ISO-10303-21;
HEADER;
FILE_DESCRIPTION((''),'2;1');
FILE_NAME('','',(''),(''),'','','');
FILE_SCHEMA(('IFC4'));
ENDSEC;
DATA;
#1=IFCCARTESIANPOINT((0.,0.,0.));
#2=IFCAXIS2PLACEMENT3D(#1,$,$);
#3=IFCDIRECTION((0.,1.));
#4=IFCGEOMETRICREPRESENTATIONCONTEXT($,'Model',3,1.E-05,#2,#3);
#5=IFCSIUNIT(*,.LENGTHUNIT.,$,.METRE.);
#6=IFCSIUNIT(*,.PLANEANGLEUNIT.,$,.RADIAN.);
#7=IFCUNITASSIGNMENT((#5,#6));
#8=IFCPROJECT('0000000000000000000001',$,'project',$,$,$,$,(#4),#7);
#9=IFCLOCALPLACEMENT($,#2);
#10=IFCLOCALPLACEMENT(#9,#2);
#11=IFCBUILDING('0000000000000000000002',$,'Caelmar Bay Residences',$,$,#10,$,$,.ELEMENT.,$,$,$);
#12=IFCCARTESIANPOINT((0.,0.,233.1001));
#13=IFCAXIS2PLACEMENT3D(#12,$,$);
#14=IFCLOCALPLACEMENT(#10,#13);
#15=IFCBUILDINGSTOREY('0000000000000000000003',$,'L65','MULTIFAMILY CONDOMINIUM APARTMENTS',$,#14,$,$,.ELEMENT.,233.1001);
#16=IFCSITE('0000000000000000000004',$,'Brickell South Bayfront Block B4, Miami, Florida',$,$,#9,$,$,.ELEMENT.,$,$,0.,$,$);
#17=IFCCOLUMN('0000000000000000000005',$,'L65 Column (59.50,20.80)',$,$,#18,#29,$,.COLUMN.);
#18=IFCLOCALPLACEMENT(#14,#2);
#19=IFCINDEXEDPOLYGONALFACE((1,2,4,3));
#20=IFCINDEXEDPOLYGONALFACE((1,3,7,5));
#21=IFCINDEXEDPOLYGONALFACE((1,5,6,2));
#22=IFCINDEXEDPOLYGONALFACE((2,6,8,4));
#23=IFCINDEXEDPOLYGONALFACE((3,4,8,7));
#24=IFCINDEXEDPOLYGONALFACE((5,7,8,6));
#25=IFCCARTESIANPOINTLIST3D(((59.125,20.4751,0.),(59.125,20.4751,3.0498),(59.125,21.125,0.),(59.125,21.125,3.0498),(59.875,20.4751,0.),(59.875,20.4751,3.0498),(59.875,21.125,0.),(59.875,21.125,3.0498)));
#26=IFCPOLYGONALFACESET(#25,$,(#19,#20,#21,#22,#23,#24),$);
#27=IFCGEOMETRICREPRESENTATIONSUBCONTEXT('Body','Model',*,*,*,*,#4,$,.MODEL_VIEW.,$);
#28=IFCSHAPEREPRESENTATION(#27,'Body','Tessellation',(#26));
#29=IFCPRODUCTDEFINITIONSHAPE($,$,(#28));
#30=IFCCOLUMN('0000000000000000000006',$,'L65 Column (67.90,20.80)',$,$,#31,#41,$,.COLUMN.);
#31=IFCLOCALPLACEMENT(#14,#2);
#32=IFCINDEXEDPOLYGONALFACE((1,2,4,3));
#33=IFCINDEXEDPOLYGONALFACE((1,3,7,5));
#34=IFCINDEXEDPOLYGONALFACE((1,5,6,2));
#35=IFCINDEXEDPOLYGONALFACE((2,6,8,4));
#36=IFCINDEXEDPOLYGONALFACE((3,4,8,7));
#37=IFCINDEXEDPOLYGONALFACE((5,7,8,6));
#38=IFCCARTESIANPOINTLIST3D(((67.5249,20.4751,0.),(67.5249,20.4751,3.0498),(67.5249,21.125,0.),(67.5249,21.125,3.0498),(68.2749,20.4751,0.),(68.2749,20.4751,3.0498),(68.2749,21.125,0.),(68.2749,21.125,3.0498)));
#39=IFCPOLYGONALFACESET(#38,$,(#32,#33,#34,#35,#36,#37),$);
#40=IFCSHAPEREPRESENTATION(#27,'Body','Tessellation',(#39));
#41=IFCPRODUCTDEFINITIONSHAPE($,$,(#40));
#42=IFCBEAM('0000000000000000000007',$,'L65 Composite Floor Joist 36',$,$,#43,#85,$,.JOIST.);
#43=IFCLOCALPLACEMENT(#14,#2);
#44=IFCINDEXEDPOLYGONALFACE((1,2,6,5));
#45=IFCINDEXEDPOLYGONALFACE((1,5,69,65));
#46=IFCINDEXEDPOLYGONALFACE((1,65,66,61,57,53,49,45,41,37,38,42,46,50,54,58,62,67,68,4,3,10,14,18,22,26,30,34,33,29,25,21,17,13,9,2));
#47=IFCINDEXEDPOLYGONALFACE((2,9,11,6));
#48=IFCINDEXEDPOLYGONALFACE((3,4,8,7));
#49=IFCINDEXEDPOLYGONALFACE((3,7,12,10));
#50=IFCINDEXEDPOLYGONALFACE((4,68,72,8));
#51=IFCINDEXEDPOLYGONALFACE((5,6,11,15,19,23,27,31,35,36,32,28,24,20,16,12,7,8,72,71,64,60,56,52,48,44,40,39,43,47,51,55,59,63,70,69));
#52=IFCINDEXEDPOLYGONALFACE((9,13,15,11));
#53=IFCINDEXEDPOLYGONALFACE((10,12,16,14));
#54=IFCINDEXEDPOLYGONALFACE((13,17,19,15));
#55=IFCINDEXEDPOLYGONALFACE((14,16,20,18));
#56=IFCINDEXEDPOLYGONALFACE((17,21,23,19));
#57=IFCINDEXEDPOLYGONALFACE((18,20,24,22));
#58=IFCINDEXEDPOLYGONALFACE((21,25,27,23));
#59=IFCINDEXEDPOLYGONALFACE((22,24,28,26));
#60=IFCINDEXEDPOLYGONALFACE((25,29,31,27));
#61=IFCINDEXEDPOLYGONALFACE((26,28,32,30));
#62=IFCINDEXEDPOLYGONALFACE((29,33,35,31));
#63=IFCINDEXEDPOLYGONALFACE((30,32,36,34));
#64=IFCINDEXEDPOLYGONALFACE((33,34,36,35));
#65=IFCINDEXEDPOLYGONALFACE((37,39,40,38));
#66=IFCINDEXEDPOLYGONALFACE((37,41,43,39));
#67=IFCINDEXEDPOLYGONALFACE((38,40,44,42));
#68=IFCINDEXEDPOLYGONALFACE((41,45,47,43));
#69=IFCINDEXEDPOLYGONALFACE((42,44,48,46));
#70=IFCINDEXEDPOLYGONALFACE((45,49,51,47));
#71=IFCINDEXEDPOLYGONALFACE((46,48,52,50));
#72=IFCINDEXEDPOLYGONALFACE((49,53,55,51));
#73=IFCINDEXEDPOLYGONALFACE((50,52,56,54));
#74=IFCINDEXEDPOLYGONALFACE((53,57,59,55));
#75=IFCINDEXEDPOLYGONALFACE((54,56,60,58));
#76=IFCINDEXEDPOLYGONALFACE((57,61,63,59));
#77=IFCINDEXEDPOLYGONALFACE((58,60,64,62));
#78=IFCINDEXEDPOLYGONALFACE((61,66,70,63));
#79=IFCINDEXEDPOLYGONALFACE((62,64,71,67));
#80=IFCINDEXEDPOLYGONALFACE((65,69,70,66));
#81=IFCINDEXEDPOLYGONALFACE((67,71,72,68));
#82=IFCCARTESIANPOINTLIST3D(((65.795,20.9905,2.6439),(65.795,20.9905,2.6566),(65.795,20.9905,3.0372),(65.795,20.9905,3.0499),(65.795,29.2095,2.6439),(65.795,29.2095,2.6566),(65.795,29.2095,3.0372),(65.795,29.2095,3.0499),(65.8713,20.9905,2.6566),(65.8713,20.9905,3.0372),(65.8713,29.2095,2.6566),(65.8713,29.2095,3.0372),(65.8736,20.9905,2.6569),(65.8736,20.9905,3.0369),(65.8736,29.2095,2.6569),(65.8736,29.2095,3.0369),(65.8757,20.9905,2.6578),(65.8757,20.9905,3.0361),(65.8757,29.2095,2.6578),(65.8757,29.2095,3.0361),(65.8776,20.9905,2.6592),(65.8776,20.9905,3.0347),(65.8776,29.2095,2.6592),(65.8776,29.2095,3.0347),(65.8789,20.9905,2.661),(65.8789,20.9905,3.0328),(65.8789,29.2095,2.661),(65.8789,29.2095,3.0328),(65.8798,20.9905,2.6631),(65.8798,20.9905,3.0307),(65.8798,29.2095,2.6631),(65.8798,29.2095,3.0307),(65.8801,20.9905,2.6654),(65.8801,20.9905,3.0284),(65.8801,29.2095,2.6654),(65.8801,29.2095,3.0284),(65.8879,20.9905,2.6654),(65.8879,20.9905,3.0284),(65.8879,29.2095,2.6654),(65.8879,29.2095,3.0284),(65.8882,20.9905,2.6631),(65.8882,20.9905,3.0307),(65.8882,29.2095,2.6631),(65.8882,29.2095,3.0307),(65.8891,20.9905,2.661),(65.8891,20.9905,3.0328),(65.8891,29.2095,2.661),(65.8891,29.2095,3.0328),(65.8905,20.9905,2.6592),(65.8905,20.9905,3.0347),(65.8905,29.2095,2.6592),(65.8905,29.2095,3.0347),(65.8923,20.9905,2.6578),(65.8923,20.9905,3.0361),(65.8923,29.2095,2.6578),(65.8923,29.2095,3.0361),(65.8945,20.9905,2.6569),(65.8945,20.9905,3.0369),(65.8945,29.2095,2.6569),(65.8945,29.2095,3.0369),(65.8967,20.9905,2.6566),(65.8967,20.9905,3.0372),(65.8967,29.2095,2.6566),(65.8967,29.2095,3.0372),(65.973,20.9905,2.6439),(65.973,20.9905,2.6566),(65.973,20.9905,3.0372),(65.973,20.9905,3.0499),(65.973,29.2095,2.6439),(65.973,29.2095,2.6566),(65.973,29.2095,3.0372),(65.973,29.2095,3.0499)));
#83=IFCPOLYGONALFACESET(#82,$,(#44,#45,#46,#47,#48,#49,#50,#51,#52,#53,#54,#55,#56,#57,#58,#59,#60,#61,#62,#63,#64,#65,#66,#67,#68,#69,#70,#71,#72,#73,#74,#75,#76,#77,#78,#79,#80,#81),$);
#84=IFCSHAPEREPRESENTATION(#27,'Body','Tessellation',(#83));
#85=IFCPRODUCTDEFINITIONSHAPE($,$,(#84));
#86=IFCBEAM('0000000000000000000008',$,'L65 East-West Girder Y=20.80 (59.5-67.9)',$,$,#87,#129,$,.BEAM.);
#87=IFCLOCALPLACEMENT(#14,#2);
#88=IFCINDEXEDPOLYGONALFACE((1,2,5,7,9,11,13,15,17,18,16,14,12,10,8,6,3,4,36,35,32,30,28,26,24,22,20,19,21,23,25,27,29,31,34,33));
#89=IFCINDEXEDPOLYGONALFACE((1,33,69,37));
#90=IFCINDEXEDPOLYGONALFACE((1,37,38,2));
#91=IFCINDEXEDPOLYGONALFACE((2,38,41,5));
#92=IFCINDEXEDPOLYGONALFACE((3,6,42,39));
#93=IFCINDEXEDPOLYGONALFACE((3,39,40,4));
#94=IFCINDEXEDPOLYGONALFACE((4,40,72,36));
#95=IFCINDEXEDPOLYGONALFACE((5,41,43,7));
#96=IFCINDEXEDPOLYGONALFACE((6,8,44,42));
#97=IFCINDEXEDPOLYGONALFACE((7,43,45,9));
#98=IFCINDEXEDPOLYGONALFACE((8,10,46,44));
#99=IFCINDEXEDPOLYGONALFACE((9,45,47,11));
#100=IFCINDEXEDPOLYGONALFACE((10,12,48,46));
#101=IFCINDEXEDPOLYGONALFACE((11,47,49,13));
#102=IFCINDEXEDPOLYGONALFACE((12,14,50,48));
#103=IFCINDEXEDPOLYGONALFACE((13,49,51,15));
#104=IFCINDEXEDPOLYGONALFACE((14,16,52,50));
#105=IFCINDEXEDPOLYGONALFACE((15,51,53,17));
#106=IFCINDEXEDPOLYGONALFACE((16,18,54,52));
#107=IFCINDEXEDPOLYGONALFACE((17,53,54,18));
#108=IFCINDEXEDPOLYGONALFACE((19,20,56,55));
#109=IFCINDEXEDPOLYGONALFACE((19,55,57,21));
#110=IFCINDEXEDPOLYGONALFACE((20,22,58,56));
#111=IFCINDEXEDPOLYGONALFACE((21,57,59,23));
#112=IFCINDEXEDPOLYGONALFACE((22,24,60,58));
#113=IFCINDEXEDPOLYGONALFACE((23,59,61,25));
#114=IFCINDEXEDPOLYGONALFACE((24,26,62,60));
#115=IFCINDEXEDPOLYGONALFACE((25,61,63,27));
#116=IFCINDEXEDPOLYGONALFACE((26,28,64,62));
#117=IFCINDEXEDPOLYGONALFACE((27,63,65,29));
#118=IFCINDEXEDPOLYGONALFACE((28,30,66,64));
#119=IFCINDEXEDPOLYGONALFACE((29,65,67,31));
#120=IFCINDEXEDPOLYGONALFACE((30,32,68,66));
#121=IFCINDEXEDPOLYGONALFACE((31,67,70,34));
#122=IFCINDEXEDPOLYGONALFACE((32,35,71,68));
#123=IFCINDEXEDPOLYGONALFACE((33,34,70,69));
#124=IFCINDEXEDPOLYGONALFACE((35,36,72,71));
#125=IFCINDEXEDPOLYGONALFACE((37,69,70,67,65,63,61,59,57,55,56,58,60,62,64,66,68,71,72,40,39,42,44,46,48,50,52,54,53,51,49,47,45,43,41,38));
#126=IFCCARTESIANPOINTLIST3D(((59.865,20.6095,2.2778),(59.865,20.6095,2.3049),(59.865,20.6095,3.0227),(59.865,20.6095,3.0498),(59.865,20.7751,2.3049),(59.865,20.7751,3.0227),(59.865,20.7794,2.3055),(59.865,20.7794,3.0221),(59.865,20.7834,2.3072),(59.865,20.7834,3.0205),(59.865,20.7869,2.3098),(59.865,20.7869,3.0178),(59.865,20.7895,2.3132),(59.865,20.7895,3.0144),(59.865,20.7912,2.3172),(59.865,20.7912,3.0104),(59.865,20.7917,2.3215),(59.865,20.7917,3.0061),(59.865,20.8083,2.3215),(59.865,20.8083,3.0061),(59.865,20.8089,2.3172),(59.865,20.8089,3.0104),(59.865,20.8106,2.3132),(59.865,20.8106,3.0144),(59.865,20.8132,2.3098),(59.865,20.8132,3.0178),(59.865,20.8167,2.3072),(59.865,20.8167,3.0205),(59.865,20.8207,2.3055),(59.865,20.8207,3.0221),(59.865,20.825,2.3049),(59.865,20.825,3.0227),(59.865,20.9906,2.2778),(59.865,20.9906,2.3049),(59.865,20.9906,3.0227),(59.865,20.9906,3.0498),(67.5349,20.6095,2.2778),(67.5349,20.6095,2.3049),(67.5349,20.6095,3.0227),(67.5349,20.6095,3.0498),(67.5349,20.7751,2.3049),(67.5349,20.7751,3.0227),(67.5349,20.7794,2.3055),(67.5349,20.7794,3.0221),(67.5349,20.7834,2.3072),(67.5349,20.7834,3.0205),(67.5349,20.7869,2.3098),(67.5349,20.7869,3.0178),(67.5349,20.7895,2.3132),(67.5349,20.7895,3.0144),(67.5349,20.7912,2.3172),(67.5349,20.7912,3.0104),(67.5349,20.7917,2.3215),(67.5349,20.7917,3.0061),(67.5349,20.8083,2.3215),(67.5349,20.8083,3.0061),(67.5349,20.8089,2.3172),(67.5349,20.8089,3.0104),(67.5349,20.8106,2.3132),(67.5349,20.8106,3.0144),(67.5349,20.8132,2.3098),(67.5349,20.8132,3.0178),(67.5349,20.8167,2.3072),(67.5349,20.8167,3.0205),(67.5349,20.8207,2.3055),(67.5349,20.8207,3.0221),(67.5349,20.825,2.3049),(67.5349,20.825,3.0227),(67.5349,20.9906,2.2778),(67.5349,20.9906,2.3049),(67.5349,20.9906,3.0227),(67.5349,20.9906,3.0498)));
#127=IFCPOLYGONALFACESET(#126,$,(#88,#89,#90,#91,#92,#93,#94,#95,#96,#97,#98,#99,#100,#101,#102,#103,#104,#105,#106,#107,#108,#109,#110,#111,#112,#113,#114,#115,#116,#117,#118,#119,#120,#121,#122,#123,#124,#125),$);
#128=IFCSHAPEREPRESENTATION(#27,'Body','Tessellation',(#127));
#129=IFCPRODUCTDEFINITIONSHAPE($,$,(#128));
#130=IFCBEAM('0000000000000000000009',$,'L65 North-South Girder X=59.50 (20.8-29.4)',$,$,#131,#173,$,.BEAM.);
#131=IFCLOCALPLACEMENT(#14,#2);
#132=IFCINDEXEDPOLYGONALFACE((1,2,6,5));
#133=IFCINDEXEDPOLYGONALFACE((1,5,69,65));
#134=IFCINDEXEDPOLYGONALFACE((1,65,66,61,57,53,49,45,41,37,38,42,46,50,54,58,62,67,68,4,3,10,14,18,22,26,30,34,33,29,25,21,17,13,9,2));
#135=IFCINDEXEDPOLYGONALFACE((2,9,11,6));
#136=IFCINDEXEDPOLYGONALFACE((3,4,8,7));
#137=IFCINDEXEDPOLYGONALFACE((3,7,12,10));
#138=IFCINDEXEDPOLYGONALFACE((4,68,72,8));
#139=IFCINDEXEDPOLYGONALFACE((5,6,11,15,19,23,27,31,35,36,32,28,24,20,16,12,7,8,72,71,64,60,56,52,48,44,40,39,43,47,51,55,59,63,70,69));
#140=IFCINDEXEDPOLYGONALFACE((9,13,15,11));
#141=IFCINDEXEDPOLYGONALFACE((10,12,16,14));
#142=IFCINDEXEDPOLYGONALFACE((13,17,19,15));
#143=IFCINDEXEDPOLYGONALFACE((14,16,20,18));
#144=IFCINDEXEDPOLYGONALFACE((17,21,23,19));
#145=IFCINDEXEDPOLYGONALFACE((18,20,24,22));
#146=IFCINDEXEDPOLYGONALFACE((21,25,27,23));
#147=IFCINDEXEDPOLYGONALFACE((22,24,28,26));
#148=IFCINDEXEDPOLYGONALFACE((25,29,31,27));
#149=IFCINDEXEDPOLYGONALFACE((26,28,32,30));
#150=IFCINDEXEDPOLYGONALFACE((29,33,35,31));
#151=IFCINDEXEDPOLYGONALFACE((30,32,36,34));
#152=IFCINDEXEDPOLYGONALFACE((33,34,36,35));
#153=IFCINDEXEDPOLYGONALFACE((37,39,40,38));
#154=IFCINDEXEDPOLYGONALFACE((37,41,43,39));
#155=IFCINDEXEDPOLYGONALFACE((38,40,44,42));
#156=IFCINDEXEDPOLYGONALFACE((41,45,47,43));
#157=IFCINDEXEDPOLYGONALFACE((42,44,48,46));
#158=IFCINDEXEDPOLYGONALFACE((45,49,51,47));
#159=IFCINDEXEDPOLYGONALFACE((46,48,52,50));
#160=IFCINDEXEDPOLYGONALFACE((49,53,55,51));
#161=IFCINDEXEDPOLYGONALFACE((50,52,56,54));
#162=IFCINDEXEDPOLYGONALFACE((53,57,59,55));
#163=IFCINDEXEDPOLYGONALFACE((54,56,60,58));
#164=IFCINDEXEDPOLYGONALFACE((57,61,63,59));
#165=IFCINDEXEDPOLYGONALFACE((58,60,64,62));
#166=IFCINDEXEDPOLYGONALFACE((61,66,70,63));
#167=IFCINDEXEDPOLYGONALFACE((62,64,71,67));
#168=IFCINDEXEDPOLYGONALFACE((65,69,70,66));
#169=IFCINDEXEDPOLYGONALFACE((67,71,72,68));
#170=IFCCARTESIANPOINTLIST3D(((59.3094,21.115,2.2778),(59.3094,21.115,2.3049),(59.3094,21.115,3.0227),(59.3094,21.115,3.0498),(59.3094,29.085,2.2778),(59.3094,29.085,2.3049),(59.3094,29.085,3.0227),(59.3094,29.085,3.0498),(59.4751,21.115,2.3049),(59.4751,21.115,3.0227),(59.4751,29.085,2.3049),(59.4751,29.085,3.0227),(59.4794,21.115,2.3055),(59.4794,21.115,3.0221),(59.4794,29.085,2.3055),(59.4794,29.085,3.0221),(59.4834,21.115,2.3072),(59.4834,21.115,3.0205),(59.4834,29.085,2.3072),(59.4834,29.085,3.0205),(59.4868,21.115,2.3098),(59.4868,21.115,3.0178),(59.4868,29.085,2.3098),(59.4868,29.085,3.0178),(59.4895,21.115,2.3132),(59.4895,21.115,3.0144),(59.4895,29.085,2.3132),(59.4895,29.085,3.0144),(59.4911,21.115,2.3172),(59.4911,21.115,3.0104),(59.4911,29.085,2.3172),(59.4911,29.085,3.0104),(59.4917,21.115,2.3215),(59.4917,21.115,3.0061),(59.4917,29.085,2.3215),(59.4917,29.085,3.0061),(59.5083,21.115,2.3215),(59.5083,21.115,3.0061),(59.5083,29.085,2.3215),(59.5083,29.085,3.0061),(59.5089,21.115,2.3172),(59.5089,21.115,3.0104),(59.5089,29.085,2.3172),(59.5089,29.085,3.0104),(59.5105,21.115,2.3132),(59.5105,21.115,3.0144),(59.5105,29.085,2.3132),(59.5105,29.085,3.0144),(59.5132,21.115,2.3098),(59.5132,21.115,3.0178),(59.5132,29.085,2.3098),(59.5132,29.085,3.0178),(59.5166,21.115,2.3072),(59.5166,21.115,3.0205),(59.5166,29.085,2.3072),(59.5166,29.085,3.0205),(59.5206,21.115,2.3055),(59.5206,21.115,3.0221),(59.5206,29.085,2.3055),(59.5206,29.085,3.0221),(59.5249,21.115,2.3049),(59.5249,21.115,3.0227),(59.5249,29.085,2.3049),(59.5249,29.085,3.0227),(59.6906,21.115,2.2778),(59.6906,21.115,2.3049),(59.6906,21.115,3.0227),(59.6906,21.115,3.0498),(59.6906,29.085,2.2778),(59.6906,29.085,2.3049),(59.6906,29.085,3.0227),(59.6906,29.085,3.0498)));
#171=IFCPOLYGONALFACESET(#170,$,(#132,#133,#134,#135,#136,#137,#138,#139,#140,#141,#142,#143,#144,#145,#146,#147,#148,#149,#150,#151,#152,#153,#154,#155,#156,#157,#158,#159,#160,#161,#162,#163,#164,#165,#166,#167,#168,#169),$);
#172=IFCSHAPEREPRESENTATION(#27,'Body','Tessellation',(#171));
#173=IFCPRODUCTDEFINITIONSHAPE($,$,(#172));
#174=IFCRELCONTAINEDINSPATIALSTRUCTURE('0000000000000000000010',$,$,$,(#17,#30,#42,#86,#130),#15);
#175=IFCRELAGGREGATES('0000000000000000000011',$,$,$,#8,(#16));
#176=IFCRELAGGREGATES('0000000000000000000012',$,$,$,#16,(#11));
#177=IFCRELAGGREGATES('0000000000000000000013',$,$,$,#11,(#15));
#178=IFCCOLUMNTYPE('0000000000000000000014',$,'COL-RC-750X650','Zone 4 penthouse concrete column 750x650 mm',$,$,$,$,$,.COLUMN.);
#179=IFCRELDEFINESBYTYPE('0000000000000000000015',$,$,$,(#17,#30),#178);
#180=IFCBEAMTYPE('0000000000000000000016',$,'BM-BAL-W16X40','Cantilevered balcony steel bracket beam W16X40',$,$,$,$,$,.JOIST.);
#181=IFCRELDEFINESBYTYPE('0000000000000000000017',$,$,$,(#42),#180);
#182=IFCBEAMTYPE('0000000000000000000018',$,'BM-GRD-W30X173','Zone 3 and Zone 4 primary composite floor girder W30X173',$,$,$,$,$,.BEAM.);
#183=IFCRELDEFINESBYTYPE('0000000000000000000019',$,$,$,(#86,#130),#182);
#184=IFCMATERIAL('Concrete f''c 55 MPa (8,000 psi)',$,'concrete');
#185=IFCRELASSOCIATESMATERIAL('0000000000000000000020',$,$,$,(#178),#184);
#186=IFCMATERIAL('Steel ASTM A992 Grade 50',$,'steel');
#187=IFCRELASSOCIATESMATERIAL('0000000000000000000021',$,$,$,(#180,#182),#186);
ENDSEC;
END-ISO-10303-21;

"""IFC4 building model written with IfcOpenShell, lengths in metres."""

from ifc_helpers import new_model, si_unit, direction, frame, origin, origin_2d, place, context, subcontext, project, spatial, rectangle, i_section, extrude, material, material_profile, profile_set, type_object, element, save


model = new_model("IFC4")

# Units and contexts
model_context = context("Model", 3, precision=1e-05, world=origin(), true_north=direction((0.0, 1.0)))
body_context = subcontext(model_context, "Body", "Model", "MODEL_VIEW")
ifc_project = project(units=[si_unit("LENGTHUNIT", "METRE"), si_unit("PLANEANGLEUNIT", "RADIAN")], contexts=[model_context])

# Site, building, storey
site_placement = place(None, origin())
site = spatial("IfcSite", under=ifc_project, at=site_placement, Name="Brickell South Bayfront Block B4, Miami, Florida", CompositionType="ELEMENT", RefElevation=0.0)
building_placement = place(site_placement, origin())
building = spatial("IfcBuilding", under=site, at=building_placement, Name="Caelmar Bay Residences", CompositionType="ELEMENT")
storey_placement = place(building_placement, frame((0.0, 0.0, 233.1001)))
storey = spatial("IfcBuildingStorey", under=building, at=storey_placement, Name="L65", Description="MULTIFAMILY CONDOMINIUM APARTMENTS", CompositionType="ELEMENT", Elevation=233.1001)

# Columns
ifc_material_1 = material(Name="Concrete f'c 55 MPa (8,000 psi)", Category="concrete")
ifc_material_profile_1 = material_profile(ifc_material_1, rectangle(XDim=0.75, YDim=0.6499, at=origin_2d()), Name="RC-COL-750X650")
ifc_profile_set_1 = profile_set([ifc_material_profile_1], Name="Concrete f'c 55 MPa (8,000 psi)")
column_type = type_object("IfcColumnType", Name="COL-RC-750X650", Description="Zone 4 penthouse concrete column 750x650 mm", PredefinedType="COLUMN", material=ifc_profile_set_1)
for number, where, z_axis, x_axis, name in (
    (1, (59.5, 20.8, 0.0), (0.0, 0.0, 1.0), (1.0, 0.0, 0.0), "L65 Column (59.50,20.80)"),
    (2, (67.8999, 20.8, 0.0), (0.0, 0.0, 1.0), (1.0, 0.0, 0.0), "L65 Column (67.90,20.80)"),
):
    element("IfcColumn", number, at=place(storey_placement, frame(where, z_axis=z_axis, x_axis=x_axis)), inside=storey, type_object=column_type, Name=name, PredefinedType="COLUMN", context=body_context, shape_type="SweptSolid", body=[
        extrude(rectangle(XDim=0.75, YDim=0.6499, at=origin_2d()), origin(), (0.0, 0.0, 1.0), 3.0498),
    ])

# Beams
ifc_material_2 = material(Name="Steel ASTM A992 Grade 50", Category="steel")
ifc_material_profile_2 = material_profile(ifc_material_2, i_section(OverallWidth=0.178, OverallDepth=0.406, WebThickness=0.0078, FlangeThickness=0.0127, FilletRadius=0.0088, at=origin_2d()), Name="W16X40")
ifc_profile_set_2 = profile_set([ifc_material_profile_2], Name="Steel ASTM A992 Grade 50")
beam_type_1 = type_object("IfcBeamType", Name="BM-BAL-W16X40", Description="Cantilevered balcony steel bracket beam W16X40", PredefinedType="JOIST", material=ifc_profile_set_2)
beam_1_placement = place(storey_placement, frame((65.884, 20.9905, 2.8469), z_axis=(0.0, 1.0, 0.0), x_axis=(-1.0, 0.0, 0.0)))
element("IfcBeam", 3, at=beam_1_placement, inside=storey, type_object=beam_type_1, Name="L65 Composite Floor Joist 36", PredefinedType="JOIST", context=body_context, shape_type="SweptSolid", body=[
    extrude(i_section(OverallWidth=0.178, OverallDepth=0.406, WebThickness=0.0078, FlangeThickness=0.0127, FilletRadius=0.0088, at=origin_2d()), origin(), (0.0, 0.0, 1.0), 8.219),
])
ifc_material_profile_3 = material_profile(ifc_material_2, i_section(OverallWidth=0.3811, OverallDepth=0.772, WebThickness=0.0166, FlangeThickness=0.0271, FilletRadius=0.0166, at=origin_2d()), Name="W30X173")
ifc_profile_set_3 = profile_set([ifc_material_profile_3], Name="Steel ASTM A992 Grade 50")
beam_type_2 = type_object("IfcBeamType", Name="BM-GRD-W30X173", Description="Zone 3 and Zone 4 primary composite floor girder W30X173", PredefinedType="BEAM", material=ifc_profile_set_3)
beam_2_placement = place(storey_placement, frame((59.865, 20.8, 2.6638), z_axis=(1.0, 0.0, 0.0), x_axis=(0.0, 1.0, 0.0)))
element("IfcBeam", 4, at=beam_2_placement, inside=storey, type_object=beam_type_2, Name="L65 East-West Girder Y=20.80 (59.5-67.9)", PredefinedType="BEAM", context=body_context, shape_type="SweptSolid", body=[
    extrude(i_section(OverallWidth=0.3811, OverallDepth=0.772, WebThickness=0.0166, FlangeThickness=0.0271, FilletRadius=0.0166, at=origin_2d()), origin(), (0.0, 0.0, 1.0), 7.6699),
])
for number, where, z_axis, x_axis, name in (
    (5, (59.5, 21.115, 2.6638), (0.0, 1.0, 0.0), (-1.0, 0.0, 0.0), "L65 North-South Girder X=59.50 (20.8-29.4)"),
):
    element("IfcBeam", number, at=place(storey_placement, frame(where, z_axis=z_axis, x_axis=x_axis)), inside=storey, type_object=beam_type_2, Name=name, PredefinedType="BEAM", context=body_context, shape_type="SweptSolid", body=[
        extrude(i_section(OverallWidth=0.3811, OverallDepth=0.772, WebThickness=0.0166, FlangeThickness=0.0271, FilletRadius=0.0166, at=origin_2d()), origin(), (0.0, 0.0, 1.0), 7.97),
    ])

save(model, "model.ifc")
